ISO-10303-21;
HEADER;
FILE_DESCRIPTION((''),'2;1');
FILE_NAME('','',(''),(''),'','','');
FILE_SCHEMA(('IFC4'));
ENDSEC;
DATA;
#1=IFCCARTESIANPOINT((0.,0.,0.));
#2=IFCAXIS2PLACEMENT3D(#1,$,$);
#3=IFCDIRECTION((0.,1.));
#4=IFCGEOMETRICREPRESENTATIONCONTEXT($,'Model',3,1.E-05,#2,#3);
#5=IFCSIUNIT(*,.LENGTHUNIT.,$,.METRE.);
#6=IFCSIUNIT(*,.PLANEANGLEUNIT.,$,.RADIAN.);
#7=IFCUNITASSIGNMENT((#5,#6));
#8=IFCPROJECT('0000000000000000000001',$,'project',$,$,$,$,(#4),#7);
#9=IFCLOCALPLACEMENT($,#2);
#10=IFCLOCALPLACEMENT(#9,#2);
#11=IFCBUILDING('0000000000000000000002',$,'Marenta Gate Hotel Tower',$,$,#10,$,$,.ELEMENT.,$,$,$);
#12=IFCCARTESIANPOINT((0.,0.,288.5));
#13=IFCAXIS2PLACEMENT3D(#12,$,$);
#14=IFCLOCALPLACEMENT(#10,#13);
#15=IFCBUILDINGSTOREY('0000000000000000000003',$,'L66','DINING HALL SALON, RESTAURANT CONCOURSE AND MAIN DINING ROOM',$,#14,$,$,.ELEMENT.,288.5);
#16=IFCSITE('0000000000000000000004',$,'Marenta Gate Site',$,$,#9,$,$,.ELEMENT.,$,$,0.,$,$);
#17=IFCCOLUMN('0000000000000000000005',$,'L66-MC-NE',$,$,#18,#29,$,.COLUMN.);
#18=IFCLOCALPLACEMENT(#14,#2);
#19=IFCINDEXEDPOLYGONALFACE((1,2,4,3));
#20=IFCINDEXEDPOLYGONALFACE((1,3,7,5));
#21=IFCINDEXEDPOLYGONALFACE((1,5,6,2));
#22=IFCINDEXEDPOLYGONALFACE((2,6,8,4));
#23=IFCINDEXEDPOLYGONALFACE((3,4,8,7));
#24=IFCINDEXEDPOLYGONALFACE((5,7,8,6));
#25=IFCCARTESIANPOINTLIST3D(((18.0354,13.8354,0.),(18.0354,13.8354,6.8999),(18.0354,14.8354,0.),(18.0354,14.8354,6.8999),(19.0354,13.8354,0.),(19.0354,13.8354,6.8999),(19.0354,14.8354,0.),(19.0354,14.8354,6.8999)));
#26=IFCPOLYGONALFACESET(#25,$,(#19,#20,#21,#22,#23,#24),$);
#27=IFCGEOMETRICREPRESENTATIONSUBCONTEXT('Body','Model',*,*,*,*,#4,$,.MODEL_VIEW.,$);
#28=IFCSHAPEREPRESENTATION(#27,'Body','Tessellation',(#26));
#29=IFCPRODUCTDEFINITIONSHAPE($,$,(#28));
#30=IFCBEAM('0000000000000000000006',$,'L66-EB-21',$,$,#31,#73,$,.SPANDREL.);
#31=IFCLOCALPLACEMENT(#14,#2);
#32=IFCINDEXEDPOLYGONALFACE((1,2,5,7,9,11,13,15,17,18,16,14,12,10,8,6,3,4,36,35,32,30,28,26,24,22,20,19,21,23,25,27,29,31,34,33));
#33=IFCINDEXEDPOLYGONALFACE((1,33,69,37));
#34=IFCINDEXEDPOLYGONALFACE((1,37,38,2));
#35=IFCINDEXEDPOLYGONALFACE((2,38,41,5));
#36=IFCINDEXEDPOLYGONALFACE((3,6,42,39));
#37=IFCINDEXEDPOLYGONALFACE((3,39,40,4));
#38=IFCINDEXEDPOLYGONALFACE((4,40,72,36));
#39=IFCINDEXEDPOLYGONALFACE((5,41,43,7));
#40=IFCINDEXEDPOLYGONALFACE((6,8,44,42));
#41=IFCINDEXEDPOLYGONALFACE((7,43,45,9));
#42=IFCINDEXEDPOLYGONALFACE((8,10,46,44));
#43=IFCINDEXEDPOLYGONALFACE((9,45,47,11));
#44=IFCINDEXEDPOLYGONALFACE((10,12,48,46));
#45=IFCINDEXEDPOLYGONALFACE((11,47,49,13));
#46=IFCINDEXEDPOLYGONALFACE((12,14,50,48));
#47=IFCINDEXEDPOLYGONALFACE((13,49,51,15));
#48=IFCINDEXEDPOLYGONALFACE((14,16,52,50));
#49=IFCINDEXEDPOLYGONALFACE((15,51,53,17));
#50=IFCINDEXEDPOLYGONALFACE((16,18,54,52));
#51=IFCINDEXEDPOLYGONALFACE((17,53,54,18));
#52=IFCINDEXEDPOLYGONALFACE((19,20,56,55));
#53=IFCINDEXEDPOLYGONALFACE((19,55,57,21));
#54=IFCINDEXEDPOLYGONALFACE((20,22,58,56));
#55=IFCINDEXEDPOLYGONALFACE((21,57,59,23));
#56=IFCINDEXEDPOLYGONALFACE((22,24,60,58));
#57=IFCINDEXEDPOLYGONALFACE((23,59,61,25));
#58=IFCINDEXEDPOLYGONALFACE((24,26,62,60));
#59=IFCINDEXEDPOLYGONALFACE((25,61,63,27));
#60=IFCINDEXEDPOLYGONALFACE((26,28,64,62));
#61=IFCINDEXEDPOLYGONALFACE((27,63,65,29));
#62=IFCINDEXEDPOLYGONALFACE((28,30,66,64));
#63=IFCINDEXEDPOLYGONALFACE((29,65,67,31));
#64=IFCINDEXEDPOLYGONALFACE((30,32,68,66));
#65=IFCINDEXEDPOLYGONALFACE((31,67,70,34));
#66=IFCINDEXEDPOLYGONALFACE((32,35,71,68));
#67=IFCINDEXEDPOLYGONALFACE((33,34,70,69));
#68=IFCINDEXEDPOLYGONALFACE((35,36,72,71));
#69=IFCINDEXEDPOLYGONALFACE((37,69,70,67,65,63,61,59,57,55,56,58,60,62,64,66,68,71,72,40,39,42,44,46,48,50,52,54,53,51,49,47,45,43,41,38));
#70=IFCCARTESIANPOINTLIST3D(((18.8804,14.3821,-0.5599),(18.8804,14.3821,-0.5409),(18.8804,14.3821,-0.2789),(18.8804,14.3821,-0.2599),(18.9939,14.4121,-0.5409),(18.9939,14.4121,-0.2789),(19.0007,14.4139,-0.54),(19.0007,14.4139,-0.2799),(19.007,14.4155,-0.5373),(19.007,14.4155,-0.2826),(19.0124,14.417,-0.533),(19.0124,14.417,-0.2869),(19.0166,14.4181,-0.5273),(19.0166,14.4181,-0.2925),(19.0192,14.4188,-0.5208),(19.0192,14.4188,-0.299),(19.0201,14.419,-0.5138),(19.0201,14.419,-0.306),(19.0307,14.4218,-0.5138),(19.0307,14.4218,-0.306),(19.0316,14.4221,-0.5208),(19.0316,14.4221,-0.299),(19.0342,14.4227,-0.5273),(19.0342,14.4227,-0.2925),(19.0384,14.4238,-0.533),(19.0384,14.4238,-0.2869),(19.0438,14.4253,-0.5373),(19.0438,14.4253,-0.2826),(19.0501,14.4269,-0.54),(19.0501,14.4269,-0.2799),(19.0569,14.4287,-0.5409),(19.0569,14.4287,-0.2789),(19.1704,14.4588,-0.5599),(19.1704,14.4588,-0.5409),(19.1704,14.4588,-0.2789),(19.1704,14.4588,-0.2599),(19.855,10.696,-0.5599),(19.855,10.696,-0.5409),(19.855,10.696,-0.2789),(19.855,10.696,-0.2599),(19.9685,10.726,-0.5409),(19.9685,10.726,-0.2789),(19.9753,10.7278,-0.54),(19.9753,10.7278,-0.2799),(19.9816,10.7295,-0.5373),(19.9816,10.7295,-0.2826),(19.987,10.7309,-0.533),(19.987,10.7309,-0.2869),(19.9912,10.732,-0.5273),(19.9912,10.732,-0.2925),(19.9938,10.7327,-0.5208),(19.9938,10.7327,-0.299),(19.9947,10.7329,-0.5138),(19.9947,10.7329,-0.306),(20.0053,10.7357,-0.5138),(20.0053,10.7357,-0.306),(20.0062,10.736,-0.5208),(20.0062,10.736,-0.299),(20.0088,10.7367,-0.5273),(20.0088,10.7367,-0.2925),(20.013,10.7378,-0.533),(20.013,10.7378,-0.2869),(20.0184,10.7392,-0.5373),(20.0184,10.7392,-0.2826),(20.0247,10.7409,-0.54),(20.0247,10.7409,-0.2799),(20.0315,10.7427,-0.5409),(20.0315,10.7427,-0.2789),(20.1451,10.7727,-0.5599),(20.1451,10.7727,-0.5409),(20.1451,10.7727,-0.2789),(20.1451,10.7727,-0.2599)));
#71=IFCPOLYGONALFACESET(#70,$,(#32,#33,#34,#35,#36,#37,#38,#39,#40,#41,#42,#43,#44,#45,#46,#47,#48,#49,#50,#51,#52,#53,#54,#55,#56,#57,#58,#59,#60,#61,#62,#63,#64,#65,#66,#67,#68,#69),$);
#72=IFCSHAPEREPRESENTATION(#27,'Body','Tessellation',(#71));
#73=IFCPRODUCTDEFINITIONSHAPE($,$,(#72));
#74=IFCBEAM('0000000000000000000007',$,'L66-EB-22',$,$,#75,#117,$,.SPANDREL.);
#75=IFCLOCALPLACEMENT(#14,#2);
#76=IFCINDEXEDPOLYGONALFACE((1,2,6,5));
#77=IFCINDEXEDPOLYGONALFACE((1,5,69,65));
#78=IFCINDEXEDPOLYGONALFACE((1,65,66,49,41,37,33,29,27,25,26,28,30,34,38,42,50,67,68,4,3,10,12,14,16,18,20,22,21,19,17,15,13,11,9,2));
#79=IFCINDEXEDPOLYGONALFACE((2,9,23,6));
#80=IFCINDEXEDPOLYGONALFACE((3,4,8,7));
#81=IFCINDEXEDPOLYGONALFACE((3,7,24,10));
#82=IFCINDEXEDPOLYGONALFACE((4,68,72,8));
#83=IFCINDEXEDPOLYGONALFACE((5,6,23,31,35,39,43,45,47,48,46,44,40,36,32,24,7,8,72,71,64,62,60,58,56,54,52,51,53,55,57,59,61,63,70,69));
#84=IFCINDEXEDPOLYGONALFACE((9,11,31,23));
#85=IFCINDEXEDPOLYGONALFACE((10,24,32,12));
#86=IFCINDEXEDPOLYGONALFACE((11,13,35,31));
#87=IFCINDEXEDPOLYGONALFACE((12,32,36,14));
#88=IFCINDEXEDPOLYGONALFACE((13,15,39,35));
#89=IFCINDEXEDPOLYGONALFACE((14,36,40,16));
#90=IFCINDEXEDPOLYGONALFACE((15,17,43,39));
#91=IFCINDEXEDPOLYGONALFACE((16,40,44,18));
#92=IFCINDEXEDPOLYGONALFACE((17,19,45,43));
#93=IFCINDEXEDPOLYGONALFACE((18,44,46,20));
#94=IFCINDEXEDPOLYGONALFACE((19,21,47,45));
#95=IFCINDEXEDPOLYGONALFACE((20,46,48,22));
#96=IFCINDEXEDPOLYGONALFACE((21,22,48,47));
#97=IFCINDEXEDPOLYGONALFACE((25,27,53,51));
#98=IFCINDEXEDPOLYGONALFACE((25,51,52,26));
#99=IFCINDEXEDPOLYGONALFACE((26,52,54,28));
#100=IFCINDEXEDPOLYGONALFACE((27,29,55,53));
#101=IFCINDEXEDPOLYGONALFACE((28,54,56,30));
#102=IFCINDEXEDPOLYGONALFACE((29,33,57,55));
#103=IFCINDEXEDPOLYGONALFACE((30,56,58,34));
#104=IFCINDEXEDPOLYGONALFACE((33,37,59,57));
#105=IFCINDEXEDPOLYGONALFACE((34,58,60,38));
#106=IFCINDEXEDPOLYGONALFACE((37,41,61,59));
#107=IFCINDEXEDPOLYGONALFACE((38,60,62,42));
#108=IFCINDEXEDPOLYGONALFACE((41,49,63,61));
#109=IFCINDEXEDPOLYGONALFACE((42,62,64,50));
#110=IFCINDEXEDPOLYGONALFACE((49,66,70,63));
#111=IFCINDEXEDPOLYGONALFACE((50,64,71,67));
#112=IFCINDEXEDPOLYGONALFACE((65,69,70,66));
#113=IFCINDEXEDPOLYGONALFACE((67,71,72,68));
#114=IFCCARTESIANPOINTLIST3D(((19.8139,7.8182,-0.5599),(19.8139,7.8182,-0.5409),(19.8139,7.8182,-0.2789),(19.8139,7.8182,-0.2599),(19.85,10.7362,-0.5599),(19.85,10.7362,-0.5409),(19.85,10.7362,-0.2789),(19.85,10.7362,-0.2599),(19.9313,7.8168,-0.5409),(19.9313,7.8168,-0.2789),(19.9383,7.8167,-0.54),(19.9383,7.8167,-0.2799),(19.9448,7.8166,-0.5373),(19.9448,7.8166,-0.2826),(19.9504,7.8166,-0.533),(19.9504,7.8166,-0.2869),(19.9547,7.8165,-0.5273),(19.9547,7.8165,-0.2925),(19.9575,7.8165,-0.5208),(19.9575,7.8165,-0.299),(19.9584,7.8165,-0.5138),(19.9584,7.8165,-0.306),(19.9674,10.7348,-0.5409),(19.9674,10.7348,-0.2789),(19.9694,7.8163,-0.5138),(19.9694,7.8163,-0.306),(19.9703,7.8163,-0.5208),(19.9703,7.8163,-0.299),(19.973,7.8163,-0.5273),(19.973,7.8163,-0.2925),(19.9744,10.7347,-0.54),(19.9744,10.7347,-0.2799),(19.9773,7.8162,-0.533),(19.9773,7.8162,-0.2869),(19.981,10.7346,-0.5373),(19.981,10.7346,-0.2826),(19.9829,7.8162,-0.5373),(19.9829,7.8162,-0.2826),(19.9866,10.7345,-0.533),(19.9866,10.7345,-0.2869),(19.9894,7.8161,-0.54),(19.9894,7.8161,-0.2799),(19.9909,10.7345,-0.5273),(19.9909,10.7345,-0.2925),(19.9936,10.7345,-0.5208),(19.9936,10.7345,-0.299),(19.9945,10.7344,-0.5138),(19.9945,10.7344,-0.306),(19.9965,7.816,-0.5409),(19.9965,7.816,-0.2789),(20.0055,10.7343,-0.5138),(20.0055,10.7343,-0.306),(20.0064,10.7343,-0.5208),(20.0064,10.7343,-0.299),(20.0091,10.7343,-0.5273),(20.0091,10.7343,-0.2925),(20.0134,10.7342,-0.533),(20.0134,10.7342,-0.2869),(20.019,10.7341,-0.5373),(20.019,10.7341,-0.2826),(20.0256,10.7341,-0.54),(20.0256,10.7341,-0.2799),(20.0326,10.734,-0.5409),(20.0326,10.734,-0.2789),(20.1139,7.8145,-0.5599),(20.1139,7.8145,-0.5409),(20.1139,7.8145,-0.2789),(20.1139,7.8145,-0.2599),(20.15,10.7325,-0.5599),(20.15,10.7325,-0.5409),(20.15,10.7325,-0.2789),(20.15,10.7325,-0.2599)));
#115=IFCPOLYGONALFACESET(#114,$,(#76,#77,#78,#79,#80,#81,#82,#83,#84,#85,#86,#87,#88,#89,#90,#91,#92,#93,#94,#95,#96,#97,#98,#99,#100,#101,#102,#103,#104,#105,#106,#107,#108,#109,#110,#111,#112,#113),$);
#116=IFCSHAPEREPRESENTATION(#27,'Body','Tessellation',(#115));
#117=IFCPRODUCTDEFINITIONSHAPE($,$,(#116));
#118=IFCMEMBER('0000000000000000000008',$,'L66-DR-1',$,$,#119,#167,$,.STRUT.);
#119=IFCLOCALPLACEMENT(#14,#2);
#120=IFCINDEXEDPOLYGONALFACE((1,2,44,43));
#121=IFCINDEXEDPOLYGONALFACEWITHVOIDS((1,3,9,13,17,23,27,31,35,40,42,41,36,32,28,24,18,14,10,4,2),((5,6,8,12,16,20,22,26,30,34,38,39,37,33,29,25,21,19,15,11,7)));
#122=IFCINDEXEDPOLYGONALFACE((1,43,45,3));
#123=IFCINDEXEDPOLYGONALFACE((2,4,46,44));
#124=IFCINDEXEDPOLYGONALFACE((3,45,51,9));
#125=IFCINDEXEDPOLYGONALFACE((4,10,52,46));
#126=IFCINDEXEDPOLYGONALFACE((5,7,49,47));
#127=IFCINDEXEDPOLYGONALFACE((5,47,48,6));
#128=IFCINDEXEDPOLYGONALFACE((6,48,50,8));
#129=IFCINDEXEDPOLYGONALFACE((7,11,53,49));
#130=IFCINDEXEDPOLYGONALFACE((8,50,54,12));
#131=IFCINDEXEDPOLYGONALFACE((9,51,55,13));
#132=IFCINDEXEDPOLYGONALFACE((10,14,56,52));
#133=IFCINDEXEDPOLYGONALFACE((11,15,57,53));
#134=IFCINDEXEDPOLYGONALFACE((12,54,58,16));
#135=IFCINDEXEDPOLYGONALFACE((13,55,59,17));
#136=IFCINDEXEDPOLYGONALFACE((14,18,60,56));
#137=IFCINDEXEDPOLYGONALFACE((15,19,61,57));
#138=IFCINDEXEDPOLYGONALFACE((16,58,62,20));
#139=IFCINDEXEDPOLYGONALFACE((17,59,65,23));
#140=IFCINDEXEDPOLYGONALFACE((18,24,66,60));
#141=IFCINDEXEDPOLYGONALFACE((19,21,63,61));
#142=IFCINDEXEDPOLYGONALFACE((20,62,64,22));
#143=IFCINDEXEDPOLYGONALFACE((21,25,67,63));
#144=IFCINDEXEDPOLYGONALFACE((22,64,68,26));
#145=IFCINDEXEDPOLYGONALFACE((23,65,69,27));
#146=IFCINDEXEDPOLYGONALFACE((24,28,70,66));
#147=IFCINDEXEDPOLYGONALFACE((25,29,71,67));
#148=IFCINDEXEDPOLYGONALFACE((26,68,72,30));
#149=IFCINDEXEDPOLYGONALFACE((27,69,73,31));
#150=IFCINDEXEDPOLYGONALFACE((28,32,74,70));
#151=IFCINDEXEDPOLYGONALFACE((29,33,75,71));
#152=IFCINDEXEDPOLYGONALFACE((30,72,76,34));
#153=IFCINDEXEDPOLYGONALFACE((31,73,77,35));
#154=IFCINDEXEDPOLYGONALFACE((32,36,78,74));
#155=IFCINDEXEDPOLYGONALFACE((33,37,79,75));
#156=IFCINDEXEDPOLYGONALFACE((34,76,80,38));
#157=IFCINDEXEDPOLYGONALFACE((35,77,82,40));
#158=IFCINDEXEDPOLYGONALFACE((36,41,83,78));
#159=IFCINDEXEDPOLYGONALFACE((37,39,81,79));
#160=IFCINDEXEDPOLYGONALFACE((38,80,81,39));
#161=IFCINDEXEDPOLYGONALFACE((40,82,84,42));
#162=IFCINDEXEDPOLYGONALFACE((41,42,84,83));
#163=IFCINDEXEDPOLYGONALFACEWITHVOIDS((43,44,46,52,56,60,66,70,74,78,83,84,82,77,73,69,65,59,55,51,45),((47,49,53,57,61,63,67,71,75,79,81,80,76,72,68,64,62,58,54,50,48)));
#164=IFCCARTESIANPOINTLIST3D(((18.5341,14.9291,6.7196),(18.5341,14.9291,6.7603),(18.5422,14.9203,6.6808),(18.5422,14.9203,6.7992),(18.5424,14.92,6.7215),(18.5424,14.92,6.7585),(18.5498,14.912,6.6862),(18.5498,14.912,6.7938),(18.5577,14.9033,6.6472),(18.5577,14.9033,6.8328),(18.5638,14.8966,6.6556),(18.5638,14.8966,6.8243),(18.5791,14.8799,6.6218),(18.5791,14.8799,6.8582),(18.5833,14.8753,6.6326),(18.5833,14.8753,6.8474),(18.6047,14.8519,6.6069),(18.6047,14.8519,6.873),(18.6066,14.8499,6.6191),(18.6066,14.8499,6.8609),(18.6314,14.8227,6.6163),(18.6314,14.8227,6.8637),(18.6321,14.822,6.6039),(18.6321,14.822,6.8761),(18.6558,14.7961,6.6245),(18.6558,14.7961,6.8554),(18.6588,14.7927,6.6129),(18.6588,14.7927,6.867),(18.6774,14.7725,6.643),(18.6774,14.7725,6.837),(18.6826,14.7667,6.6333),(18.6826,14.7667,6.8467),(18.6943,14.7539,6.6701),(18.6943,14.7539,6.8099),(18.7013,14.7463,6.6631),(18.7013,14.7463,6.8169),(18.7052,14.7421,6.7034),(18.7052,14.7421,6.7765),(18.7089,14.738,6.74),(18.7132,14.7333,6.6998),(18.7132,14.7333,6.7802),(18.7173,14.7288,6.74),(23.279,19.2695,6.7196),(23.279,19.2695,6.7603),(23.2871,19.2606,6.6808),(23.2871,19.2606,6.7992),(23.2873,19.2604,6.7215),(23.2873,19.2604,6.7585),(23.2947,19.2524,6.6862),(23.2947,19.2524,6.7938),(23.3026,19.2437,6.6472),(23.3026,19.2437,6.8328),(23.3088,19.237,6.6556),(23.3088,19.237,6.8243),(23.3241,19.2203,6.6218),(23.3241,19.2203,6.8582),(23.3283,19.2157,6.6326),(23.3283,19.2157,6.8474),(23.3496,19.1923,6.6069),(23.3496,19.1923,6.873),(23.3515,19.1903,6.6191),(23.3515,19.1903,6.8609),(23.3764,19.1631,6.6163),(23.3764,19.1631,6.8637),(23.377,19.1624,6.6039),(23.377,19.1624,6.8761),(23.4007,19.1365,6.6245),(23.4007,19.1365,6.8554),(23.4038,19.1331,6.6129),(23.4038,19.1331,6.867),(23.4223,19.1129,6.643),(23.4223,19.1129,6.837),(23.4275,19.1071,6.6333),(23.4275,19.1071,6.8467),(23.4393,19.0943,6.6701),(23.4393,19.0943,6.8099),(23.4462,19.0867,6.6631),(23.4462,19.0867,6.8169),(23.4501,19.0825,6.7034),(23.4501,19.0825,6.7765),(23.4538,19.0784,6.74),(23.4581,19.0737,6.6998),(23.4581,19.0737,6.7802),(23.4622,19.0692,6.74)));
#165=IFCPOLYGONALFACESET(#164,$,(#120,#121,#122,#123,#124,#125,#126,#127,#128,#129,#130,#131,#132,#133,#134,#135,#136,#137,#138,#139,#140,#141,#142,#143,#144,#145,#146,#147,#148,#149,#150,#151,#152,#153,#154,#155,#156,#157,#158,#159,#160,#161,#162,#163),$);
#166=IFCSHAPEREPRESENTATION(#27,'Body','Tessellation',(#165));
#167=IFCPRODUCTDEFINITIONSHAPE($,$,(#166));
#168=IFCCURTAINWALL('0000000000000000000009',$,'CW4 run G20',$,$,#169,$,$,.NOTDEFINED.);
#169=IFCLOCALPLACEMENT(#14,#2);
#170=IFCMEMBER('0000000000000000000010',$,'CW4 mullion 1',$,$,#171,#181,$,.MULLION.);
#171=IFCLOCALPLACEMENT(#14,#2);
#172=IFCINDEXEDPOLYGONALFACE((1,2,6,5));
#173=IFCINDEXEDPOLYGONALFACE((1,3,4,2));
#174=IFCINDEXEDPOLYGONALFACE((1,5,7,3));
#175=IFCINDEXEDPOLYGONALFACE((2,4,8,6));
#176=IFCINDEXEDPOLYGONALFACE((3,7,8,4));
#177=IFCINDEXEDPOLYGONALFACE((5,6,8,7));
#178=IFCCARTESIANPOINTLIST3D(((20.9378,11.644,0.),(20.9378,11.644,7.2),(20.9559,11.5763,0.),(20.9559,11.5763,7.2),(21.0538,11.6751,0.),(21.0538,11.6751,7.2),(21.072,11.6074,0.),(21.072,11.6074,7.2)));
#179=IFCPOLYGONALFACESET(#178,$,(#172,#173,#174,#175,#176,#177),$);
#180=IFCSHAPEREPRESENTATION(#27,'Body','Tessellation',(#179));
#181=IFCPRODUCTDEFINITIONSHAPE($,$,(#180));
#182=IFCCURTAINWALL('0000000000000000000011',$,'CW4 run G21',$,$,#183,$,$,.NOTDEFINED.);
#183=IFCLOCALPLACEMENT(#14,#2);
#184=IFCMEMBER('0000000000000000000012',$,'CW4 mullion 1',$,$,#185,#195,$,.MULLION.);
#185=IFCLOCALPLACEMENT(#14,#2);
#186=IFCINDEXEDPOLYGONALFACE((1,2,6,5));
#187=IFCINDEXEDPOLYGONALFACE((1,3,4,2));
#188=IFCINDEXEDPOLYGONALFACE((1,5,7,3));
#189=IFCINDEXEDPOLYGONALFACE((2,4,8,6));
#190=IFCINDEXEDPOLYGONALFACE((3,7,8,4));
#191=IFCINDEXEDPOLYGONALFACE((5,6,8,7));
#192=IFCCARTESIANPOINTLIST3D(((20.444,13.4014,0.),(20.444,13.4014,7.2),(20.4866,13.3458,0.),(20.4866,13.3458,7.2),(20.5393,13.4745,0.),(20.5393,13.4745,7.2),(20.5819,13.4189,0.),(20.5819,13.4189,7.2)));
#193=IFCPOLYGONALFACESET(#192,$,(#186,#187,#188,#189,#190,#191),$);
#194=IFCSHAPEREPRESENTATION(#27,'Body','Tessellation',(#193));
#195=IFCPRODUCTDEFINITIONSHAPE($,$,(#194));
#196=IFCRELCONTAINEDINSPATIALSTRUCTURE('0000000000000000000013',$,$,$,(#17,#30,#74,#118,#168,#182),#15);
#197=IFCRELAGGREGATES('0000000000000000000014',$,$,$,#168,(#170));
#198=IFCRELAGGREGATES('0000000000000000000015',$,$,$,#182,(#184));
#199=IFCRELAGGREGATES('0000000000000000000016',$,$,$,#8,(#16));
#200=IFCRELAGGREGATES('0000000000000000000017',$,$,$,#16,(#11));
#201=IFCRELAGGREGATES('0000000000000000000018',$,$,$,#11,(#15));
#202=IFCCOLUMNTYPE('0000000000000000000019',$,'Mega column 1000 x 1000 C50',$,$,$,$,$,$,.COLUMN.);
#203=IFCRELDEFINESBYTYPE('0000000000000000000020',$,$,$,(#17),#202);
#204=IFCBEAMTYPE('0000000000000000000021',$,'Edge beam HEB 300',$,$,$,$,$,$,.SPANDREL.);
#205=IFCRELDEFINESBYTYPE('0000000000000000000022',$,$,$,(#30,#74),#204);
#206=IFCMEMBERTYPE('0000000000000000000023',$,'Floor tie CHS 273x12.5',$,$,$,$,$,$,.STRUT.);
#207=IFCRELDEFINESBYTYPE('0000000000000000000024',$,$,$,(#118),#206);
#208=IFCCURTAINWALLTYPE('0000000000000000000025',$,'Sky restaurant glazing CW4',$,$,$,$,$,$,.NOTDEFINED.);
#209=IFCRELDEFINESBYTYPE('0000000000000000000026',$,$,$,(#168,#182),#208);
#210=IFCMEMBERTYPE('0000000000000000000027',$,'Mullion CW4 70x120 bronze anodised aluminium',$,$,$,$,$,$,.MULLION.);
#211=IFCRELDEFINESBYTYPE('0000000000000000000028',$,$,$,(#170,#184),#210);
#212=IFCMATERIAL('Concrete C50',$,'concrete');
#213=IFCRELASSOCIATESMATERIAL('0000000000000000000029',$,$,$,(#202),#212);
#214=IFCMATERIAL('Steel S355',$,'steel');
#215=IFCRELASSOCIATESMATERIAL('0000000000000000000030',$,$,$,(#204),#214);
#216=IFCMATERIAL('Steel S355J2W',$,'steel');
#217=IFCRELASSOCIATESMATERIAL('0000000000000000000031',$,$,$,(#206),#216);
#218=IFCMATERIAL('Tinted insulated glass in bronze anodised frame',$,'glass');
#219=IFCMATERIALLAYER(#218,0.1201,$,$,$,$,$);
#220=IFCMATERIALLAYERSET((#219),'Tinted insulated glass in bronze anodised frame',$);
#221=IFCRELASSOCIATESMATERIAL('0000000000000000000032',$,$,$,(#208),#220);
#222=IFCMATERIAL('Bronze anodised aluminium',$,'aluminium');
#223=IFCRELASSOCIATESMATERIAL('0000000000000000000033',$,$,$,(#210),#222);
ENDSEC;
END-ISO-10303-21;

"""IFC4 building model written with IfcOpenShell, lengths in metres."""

from ifc_helpers import new_model, si_unit, direction, frame, origin, origin_2d, place, context, subcontext, project, spatial, rectangle, hollow_circle, i_section, extrude, material, layer, layer_set, material_profile, profile_set, type_object, element, aggregate, save


model = new_model("IFC4")

# Units and contexts
model_context = context("Model", 3, precision=1e-05, world=origin(), true_north=direction((0.0, 1.0)))
body_context = subcontext(model_context, "Body", "Model", "MODEL_VIEW")
ifc_project = project(units=[si_unit("LENGTHUNIT", "METRE"), si_unit("PLANEANGLEUNIT", "RADIAN")], contexts=[model_context])

# Site, building, storey
site_placement = place(None, origin())
site = spatial("IfcSite", under=ifc_project, at=site_placement, Name="Marenta Gate Site", CompositionType="ELEMENT", RefElevation=0.0)
building_placement = place(site_placement, origin())
building = spatial("IfcBuilding", under=site, at=building_placement, Name="Marenta Gate Hotel Tower", CompositionType="ELEMENT")
storey_placement = place(building_placement, frame((0.0, 0.0, 288.5)))
storey = spatial("IfcBuildingStorey", under=building, at=storey_placement, Name="L66", Description="DINING HALL SALON, RESTAURANT CONCOURSE AND MAIN DINING ROOM", CompositionType="ELEMENT", Elevation=288.5)

# Column
ifc_material_1 = material(Name="Concrete C50", Category="concrete")
ifc_material_profile_1 = material_profile(ifc_material_1, rectangle(XDim=1.0, YDim=1.0, at=origin_2d()), Name="1000 x 1000")
ifc_profile_set_1 = profile_set([ifc_material_profile_1], Name="Concrete C50")
column_type = type_object("IfcColumnType", Name="Mega column 1000 x 1000 C50", PredefinedType="COLUMN", material=ifc_profile_set_1)
column_placement = place(storey_placement, frame((18.5354, 14.3354, 0.0), z_axis=(0.0, 0.0, 1.0), x_axis=(1.0, 0.0, 0.0)))
element("IfcColumn", 1, at=column_placement, inside=storey, type_object=column_type, Name="L66-MC-NE", PredefinedType="COLUMN", context=body_context, shape_type="SweptSolid", body=[
    extrude(rectangle(XDim=1.0, YDim=1.0, at=origin_2d()), origin(), (0.0, 0.0, 1.0), 6.8999),
])

# Beams
ifc_material_2 = material(Name="Steel S355", Category="steel")
ifc_material_profile_2 = material_profile(ifc_material_2, i_section(OverallWidth=0.3, OverallDepth=0.3, WebThickness=0.011, FlangeThickness=0.019, FilletRadius=0.0271, at=origin_2d()), Name="HEB 300")
ifc_profile_set_2 = profile_set([ifc_material_profile_2], Name="Steel S355")
beam_type = type_object("IfcBeamType", Name="Edge beam HEB 300", PredefinedType="SPANDREL", material=ifc_profile_set_2)
beam_1_placement = place(storey_placement, frame((19.0254, 14.4204, -0.4099), z_axis=(0.255622, -0.966777, 0.0), x_axis=(0.966777, 0.255622, 0.0)))
element("IfcBeam", 2, at=beam_1_placement, inside=storey, type_object=beam_type, Name="L66-EB-21", PredefinedType="SPANDREL", context=body_context, shape_type="SweptSolid", body=[
    extrude(i_section(OverallWidth=0.3, OverallDepth=0.3, WebThickness=0.011, FlangeThickness=0.019, FilletRadius=0.0271, at=origin_2d()), origin(), (0.0, 0.0, 1.0), 3.8127),
])
beam_2_placement = place(storey_placement, frame((20.0, 10.7344, -0.4099), z_axis=(-0.012382, -0.999923, 0.0), x_axis=(0.999923, -0.012382, 0.0)))
element("IfcBeam", 3, at=beam_2_placement, inside=storey, type_object=beam_type, Name="L66-EB-22", PredefinedType="SPANDREL", context=body_context, shape_type="SweptSolid", body=[
    extrude(i_section(OverallWidth=0.3, OverallDepth=0.3, WebThickness=0.011, FlangeThickness=0.019, FilletRadius=0.0271, at=origin_2d()), origin(), (0.0, 0.0, 1.0), 2.9182),
])

# Member
ifc_material_3 = material(Name="Steel S355J2W", Category="steel")
ifc_material_profile_3 = material_profile(ifc_material_3, hollow_circle(Radius=0.1365, WallThickness=0.0125, at=origin_2d()), Name="CHS 273x12.5")
ifc_profile_set_3 = profile_set([ifc_material_profile_3], Name="Steel S355J2W")
member_type_1 = type_object("IfcMemberType", Name="Floor tie CHS 273x12.5", PredefinedType="STRUT", material=ifc_profile_set_3)
member_1_placement = place(storey_placement, frame((23.3701, 19.1699, 6.74), z_axis=(-0.737861, -0.674952, 0.0), x_axis=(0.674952, -0.737861, 0.0)))
element("IfcMember", 4, at=member_1_placement, inside=storey, type_object=member_type_1, Name="L66-DR-1", PredefinedType="STRUT", context=body_context, shape_type="SweptSolid", body=[
    extrude(hollow_circle(Radius=0.1365, WallThickness=0.0125, at=origin_2d()), origin(), (0.0, 0.0, 1.0), 6.4307),
])

# Curtain wall, member
ifc_material_4 = material(Name="Tinted insulated glass in bronze anodised frame", Category="glass")
ifc_layer_1 = layer(ifc_material_4, 0.1201)
ifc_layer_set_1 = layer_set([ifc_layer_1], Name="Tinted insulated glass in bronze anodised frame")
curtain_wall_type = type_object("IfcCurtainWallType", Name="Sky restaurant glazing CW4", PredefinedType="NOTDEFINED", material=ifc_layer_set_1)
curtain_wall_1_placement = place(storey_placement, origin())
curtain_wall_1 = element("IfcCurtainWall", 5, at=curtain_wall_1_placement, inside=storey, type_object=curtain_wall_type, Name="CW4 run G20", PredefinedType="NOTDEFINED")
ifc_material_5 = material(Name="Bronze anodised aluminium", Category="aluminium")
ifc_material_profile_4 = material_profile(ifc_material_5, rectangle(XDim=0.1201, YDim=0.0701, at=origin_2d()), Name="Mullion CW4 70x120 bronze anodised aluminium")
ifc_profile_set_4 = profile_set([ifc_material_profile_4], Name="Bronze anodised aluminium")
member_type_2 = type_object("IfcMemberType", Name="Mullion CW4 70x120 bronze anodised aluminium", PredefinedType="MULLION", material=ifc_profile_set_4)
member_2_placement = place(storey_placement, frame((21.0049, 11.6257, 0.0), z_axis=(0.0, 0.0, 1.0), x_axis=(-0.965924, -0.258824, 0.0)))
member_2 = element("IfcMember", 6, at=member_2_placement, type_object=member_type_2, Name="CW4 mullion 1", PredefinedType="MULLION", context=body_context, shape_type="SweptSolid", body=[
    extrude(rectangle(XDim=0.1201, YDim=0.0701, at=origin_2d()), origin(), (0.0, 0.0, 1.0), 7.2),
])

# Curtain wall, member
curtain_wall_2_placement = place(storey_placement, origin())
curtain_wall_2 = element("IfcCurtainWall", 7, at=curtain_wall_2_placement, inside=storey, type_object=curtain_wall_type, Name="CW4 run G21", PredefinedType="NOTDEFINED")
member_3_placement = place(storey_placement, frame((20.5129, 13.4102, 0.0), z_axis=(0.0, 0.0, 1.0), x_axis=(-0.793333, -0.608787, 0.0)))
member_3 = element("IfcMember", 8, at=member_3_placement, type_object=member_type_2, Name="CW4 mullion 1", PredefinedType="MULLION", context=body_context, shape_type="SweptSolid", body=[
    extrude(rectangle(XDim=0.1201, YDim=0.0701, at=origin_2d()), origin(), (0.0, 0.0, 1.0), 7.2),
])

aggregate(curtain_wall_1, [member_2])
aggregate(curtain_wall_2, [member_3])

save(model, "model.ifc")
